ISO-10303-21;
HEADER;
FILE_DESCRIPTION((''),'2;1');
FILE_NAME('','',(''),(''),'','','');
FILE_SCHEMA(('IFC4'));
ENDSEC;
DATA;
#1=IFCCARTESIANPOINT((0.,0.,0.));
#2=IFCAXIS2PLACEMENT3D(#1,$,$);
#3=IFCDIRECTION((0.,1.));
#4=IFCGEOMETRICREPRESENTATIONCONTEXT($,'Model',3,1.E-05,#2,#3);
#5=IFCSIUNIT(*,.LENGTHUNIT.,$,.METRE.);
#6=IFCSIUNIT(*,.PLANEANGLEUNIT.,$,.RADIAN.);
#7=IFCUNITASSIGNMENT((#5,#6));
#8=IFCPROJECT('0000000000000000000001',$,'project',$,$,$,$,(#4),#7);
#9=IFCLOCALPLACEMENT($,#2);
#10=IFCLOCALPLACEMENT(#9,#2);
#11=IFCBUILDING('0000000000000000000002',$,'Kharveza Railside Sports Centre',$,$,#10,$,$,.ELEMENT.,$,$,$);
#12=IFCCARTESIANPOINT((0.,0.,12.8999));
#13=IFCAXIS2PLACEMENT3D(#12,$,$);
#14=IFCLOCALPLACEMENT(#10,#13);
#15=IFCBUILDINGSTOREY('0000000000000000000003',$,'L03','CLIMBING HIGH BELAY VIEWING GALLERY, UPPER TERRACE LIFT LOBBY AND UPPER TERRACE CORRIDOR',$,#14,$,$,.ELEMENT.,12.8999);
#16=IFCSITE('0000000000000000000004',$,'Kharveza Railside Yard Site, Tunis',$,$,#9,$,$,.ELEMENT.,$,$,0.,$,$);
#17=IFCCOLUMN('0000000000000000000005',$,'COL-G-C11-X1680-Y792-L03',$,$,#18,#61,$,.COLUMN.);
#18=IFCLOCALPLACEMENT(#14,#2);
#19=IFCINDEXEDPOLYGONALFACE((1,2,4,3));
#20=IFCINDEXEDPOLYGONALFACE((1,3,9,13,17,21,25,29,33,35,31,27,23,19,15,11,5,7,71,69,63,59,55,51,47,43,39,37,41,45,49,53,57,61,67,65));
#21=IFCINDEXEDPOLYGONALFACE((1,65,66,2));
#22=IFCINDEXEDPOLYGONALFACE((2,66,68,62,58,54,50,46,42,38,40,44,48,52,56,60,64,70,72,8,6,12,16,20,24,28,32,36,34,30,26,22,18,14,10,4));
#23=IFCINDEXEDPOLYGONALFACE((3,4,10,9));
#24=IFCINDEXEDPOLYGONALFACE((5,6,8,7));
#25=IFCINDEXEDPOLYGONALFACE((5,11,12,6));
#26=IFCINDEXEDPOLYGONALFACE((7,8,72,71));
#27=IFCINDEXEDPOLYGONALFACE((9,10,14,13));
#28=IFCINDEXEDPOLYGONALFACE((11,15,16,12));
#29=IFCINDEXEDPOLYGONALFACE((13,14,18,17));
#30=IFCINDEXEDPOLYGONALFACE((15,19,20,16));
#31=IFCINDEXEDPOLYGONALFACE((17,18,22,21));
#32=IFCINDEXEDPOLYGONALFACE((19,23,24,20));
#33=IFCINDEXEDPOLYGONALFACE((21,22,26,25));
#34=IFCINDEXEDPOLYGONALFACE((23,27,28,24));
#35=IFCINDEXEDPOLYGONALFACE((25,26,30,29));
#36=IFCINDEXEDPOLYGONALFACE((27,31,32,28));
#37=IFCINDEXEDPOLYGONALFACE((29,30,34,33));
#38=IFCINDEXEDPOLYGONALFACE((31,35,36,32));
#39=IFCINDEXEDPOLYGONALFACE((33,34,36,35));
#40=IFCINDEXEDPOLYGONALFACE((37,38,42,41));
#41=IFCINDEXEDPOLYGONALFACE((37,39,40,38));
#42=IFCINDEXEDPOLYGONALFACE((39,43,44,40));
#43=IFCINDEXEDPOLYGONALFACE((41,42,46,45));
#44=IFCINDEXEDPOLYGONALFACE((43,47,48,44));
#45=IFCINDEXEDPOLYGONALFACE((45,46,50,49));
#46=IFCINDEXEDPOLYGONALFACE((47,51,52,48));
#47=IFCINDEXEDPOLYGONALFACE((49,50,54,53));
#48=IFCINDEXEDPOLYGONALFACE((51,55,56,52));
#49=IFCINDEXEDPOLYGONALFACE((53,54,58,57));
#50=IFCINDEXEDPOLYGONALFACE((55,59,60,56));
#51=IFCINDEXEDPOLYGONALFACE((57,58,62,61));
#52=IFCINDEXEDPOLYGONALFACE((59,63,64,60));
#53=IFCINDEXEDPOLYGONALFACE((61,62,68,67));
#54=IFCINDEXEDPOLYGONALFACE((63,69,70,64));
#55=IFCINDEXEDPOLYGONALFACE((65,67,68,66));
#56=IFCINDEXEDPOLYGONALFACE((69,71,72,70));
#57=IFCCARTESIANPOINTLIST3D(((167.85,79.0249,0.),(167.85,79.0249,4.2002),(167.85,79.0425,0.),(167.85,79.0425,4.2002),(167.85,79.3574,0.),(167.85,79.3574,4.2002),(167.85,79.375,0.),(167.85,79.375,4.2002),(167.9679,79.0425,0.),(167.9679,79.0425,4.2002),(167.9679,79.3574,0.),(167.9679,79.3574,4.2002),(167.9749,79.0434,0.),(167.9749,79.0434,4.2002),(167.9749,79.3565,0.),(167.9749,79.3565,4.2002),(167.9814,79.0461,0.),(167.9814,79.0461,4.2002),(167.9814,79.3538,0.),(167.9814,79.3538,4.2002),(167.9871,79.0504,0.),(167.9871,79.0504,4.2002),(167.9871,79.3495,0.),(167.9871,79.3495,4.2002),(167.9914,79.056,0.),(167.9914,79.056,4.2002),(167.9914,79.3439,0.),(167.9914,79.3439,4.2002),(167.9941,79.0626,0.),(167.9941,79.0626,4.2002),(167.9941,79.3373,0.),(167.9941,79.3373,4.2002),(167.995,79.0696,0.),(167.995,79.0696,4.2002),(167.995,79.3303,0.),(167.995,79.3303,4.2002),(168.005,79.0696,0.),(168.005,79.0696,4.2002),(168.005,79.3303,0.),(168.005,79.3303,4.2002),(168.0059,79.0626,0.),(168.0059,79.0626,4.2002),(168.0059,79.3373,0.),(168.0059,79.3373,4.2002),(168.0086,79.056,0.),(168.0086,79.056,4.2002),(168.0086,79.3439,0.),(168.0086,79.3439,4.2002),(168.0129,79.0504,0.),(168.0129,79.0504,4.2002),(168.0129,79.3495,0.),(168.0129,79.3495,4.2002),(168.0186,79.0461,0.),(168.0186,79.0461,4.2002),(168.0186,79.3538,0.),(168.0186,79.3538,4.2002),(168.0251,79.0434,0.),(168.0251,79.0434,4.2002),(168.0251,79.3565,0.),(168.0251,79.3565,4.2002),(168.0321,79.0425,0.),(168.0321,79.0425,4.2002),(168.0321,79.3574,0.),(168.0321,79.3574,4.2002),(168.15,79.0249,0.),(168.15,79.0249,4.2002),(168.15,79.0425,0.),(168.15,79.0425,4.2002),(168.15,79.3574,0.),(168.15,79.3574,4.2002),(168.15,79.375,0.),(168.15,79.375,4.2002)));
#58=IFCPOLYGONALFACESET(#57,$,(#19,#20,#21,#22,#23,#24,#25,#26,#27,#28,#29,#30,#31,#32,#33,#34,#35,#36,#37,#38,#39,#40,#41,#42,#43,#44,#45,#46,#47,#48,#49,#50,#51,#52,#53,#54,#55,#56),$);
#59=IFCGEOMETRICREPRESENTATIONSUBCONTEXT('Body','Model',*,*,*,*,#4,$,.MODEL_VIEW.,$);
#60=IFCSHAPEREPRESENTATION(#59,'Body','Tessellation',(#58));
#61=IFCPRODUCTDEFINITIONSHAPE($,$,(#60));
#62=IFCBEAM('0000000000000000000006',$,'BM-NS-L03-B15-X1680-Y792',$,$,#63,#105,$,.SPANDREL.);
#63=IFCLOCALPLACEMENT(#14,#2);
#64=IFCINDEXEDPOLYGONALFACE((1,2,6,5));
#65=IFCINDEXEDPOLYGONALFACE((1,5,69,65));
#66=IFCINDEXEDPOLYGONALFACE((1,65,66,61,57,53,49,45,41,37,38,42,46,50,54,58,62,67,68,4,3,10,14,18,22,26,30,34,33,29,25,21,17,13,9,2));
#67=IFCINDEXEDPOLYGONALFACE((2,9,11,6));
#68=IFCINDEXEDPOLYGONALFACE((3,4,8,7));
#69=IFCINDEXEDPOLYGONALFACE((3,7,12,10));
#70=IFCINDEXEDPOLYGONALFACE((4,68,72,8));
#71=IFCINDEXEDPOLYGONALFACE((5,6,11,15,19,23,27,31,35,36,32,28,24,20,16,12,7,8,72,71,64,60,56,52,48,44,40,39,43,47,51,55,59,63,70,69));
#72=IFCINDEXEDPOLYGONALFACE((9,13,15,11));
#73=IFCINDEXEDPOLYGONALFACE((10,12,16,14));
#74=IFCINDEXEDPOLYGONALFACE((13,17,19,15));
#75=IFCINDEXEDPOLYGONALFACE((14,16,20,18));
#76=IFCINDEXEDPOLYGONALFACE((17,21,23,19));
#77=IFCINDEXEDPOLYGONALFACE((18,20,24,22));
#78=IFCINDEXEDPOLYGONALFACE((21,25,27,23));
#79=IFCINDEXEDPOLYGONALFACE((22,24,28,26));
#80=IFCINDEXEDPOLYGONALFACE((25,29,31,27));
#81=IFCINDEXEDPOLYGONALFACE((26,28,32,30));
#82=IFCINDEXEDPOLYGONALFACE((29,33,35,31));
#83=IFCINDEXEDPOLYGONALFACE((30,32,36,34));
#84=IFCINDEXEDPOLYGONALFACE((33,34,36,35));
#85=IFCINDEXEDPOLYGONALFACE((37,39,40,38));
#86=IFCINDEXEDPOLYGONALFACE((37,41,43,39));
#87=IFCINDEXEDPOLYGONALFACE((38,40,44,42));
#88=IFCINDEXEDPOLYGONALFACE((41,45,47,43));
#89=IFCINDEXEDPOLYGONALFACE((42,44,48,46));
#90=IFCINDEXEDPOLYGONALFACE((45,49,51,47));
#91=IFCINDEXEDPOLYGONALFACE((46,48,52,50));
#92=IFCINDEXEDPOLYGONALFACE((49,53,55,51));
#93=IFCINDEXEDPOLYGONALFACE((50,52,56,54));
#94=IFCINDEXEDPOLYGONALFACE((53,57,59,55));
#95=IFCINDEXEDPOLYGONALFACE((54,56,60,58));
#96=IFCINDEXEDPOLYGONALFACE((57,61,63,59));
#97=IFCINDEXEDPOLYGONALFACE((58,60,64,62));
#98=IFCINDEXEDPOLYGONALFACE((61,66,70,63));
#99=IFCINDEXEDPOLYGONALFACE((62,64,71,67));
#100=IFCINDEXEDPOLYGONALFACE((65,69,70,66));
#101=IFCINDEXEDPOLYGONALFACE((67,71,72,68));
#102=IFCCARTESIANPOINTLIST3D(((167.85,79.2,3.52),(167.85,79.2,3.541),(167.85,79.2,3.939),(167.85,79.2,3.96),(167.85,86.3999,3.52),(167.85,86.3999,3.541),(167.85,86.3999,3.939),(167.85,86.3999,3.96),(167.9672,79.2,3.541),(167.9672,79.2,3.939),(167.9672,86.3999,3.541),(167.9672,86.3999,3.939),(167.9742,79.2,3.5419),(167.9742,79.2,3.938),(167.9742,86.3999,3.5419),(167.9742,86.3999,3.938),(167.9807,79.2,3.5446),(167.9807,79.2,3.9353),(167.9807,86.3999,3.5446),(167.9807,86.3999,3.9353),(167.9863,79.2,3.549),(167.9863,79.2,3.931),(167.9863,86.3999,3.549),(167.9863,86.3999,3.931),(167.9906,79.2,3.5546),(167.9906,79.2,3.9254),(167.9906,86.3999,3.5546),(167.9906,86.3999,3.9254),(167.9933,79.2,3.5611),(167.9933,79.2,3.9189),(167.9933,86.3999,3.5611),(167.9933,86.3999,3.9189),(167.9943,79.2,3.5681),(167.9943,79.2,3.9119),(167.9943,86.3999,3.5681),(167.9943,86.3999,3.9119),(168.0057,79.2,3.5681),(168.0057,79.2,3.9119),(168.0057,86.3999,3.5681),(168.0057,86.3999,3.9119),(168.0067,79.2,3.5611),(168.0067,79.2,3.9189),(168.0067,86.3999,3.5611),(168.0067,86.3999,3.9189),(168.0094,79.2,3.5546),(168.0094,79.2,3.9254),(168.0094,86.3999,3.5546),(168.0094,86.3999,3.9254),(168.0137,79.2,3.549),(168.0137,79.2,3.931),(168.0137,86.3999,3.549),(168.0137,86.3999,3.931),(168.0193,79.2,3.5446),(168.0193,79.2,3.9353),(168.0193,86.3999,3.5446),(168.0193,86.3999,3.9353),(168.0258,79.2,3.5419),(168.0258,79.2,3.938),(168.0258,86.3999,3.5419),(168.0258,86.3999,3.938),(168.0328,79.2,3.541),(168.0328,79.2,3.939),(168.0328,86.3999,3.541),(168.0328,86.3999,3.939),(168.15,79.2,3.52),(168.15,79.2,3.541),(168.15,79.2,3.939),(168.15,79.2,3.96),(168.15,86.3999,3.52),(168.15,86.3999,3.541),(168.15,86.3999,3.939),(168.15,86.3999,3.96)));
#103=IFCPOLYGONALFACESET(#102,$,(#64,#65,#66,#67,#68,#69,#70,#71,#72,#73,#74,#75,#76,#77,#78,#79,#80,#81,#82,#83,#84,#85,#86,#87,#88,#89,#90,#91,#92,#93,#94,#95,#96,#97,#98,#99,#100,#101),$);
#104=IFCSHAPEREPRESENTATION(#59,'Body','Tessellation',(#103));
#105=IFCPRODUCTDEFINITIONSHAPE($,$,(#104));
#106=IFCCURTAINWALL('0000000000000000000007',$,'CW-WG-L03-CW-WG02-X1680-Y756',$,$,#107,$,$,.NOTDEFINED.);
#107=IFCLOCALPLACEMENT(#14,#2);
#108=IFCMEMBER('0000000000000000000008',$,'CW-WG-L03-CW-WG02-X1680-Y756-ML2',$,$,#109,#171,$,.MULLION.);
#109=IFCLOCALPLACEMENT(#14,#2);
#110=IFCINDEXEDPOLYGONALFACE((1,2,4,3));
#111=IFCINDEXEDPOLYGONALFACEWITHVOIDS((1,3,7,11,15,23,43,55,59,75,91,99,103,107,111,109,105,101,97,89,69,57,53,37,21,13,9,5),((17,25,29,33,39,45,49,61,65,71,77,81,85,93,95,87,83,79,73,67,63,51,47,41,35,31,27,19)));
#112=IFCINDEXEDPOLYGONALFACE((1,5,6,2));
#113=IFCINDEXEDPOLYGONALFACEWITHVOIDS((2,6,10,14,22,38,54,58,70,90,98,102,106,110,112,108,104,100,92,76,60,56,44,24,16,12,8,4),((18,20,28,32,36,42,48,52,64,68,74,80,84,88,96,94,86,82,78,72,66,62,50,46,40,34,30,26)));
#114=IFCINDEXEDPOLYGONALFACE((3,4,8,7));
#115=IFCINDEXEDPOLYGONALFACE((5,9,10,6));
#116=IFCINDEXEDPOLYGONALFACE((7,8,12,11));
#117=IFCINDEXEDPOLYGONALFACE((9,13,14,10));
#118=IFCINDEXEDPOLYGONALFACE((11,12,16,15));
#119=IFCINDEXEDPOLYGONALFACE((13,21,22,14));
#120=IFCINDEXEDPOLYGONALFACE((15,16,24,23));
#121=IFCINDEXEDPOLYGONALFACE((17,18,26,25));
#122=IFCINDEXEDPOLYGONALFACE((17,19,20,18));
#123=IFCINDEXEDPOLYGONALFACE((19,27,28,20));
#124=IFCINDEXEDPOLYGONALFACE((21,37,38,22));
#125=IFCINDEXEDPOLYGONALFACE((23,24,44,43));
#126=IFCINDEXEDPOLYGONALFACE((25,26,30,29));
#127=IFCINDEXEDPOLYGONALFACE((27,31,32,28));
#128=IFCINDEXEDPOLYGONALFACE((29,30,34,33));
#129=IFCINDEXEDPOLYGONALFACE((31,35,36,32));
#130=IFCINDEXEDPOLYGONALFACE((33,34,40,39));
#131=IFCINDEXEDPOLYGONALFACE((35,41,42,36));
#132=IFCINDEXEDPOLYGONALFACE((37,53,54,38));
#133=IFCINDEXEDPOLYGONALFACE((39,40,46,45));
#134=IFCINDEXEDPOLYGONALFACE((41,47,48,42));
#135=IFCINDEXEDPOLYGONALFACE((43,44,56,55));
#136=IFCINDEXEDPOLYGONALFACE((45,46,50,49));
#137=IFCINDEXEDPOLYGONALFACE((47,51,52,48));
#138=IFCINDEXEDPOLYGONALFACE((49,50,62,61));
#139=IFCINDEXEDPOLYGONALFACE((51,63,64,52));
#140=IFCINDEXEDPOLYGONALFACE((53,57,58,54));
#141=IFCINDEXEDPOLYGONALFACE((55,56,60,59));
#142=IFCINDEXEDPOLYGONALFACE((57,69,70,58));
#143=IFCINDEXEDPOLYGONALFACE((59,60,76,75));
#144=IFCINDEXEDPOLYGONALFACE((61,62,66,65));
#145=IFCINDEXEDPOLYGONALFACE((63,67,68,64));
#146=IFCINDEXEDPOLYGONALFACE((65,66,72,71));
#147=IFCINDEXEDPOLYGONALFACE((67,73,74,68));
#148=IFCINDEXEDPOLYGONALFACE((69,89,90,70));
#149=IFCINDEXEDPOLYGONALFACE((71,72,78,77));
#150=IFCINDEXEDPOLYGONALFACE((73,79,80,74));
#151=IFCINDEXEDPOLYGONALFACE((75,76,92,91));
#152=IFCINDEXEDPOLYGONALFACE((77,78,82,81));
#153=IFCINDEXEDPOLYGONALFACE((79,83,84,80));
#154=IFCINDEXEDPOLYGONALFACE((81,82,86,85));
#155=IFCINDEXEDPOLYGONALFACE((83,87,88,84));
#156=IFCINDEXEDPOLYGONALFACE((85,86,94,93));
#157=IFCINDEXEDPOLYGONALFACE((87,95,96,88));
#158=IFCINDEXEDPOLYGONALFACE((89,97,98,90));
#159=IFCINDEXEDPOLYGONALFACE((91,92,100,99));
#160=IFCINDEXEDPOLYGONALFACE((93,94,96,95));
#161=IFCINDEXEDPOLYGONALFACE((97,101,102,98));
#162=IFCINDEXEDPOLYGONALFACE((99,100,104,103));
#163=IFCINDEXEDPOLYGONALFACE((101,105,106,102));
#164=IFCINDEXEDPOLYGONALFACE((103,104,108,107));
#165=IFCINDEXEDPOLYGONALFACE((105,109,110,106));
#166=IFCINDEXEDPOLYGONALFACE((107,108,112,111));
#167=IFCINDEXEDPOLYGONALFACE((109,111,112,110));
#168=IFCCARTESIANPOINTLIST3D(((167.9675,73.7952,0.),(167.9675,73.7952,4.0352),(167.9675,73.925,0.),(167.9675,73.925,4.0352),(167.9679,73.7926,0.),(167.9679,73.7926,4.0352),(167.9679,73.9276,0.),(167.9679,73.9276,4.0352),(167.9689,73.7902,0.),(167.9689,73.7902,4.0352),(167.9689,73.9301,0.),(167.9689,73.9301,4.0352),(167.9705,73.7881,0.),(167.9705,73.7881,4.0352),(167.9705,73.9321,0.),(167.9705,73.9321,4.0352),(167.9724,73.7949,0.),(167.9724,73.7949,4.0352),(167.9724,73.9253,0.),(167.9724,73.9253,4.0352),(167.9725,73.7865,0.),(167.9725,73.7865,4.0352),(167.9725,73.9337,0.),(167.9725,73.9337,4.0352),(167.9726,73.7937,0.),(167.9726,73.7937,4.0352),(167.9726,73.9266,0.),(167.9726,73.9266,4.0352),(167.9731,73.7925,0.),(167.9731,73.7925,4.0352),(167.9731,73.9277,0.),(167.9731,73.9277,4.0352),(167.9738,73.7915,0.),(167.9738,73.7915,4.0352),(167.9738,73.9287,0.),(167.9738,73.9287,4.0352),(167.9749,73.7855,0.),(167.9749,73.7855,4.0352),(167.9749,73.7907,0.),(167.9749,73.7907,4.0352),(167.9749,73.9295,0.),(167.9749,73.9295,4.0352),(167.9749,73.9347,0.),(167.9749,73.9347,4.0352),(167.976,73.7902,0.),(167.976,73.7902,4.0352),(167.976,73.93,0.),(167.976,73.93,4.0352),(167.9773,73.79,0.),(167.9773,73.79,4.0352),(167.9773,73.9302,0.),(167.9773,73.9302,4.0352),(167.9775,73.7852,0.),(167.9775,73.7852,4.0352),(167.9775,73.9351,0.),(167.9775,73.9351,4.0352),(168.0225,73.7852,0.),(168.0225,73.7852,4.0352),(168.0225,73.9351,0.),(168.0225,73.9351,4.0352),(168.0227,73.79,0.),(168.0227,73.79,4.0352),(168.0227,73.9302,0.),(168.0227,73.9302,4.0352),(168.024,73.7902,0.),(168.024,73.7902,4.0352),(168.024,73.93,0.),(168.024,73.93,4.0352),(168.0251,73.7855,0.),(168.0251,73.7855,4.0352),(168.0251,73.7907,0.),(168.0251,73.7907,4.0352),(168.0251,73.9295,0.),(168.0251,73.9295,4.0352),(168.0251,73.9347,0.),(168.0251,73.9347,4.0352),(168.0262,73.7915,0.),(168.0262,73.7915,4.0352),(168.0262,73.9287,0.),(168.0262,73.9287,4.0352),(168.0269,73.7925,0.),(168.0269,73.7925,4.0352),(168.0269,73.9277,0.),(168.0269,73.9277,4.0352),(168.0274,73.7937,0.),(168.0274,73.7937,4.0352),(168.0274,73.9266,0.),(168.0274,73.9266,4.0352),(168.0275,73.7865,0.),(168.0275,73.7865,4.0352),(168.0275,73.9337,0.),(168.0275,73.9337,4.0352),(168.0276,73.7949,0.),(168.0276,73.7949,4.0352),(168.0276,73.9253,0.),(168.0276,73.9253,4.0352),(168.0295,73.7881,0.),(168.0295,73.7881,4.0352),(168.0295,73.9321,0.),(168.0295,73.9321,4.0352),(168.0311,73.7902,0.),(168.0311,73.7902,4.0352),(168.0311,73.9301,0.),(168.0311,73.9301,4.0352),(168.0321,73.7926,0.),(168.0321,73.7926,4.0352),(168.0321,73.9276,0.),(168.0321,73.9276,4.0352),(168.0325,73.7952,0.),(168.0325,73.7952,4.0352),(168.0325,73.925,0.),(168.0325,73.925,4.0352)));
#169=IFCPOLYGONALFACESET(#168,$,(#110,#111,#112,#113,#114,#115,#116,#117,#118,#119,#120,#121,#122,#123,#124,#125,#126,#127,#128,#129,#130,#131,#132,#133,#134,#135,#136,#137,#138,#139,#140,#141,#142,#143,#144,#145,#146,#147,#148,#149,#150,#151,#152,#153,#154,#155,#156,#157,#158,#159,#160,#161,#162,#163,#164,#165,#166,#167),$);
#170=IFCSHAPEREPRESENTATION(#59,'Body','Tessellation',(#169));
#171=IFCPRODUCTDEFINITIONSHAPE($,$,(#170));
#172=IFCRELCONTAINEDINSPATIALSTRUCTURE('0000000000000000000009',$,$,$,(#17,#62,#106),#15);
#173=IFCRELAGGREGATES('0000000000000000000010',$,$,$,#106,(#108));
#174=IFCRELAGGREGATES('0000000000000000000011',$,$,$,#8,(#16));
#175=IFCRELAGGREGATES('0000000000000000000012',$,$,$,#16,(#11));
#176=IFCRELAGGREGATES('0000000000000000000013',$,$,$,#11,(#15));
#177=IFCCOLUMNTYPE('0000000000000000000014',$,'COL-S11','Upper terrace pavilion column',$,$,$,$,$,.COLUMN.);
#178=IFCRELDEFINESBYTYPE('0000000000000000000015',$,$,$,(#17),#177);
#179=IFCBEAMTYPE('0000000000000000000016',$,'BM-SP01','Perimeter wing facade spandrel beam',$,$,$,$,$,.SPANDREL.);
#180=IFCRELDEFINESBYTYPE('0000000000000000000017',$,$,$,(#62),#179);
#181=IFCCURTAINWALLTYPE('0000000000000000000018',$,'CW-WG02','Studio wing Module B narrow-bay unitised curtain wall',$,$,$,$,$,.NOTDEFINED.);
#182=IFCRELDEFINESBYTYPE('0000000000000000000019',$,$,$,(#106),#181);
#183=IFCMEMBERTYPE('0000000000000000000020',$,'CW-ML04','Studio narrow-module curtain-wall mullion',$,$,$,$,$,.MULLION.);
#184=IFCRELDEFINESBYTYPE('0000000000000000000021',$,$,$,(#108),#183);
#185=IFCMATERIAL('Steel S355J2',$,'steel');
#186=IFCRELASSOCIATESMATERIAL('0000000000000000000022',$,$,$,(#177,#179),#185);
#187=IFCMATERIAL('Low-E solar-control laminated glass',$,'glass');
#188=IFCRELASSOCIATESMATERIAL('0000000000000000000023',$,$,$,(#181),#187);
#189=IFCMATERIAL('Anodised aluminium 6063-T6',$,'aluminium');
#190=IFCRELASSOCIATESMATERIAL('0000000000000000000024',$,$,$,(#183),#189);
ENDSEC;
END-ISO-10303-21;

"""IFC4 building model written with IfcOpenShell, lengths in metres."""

from ifc_helpers import new_model, si_unit, direction, frame, origin, origin_2d, place, context, subcontext, project, spatial, hollow_rectangle, i_section, extrude, material, material_profile, profile_set, type_object, element, aggregate, save


model = new_model("IFC4")

# Units and contexts
model_context = context("Model", 3, precision=1e-05, world=origin(), true_north=direction((0.0, 1.0)))
body_context = subcontext(model_context, "Body", "Model", "MODEL_VIEW")
ifc_project = project(units=[si_unit("LENGTHUNIT", "METRE"), si_unit("PLANEANGLEUNIT", "RADIAN")], contexts=[model_context])

# Site, building, storey
site_placement = place(None, origin())
site = spatial("IfcSite", under=ifc_project, at=site_placement, Name="Kharveza Railside Yard Site, Tunis", CompositionType="ELEMENT", RefElevation=0.0)
building_placement = place(site_placement, origin())
building = spatial("IfcBuilding", under=site, at=building_placement, Name="Kharveza Railside Sports Centre", CompositionType="ELEMENT")
storey_placement = place(building_placement, frame((0.0, 0.0, 12.8999)))
storey = spatial("IfcBuildingStorey", under=building, at=storey_placement, Name="L03", Description="CLIMBING HIGH BELAY VIEWING GALLERY, UPPER TERRACE LIFT LOBBY AND UPPER TERRACE CORRIDOR", CompositionType="ELEMENT", Elevation=12.8999)

# Column
ifc_material_1 = material(Name="Steel S355J2", Category="steel")
ifc_material_profile_1 = material_profile(ifc_material_1, i_section(OverallWidth=0.3, OverallDepth=0.3501, WebThickness=0.01, FlangeThickness=0.0176, FilletRadius=0.0271, at=origin_2d()), Name="HEA 360")
ifc_profile_set_1 = profile_set([ifc_material_profile_1], Name="Steel S355J2")
column_type = type_object("IfcColumnType", Name="COL-S11", Description="Upper terrace pavilion column", PredefinedType="COLUMN", material=ifc_profile_set_1)
column_placement = place(storey_placement, frame((168.0, 79.2, 0.0), z_axis=(0.0, 0.0, 1.0), x_axis=(1.0, 0.0, 0.0)))
element("IfcColumn", 1, at=column_placement, inside=storey, type_object=column_type, Name="COL-G-C11-X1680-Y792-L03", PredefinedType="COLUMN", context=body_context, shape_type="SweptSolid", body=[
    extrude(i_section(OverallWidth=0.3, OverallDepth=0.3501, WebThickness=0.01, FlangeThickness=0.0176, FilletRadius=0.0271, at=origin_2d()), origin(), (0.0, 0.0, 1.0), 4.2002),
])

# Beam
ifc_material_profile_2 = material_profile(ifc_material_1, i_section(OverallWidth=0.3, OverallDepth=0.4399, WebThickness=0.0115, FlangeThickness=0.021, FilletRadius=0.0271, at=origin_2d()), Name="HEA 450")
ifc_profile_set_2 = profile_set([ifc_material_profile_2], Name="Steel S355J2")
beam_type = type_object("IfcBeamType", Name="BM-SP01", Description="Perimeter wing facade spandrel beam", PredefinedType="SPANDREL", material=ifc_profile_set_2)
beam_placement = place(storey_placement, frame((168.0, 79.2, 3.74), z_axis=(0.0, 1.0, 0.0), x_axis=(-1.0, 0.0, 0.0)))
element("IfcBeam", 2, at=beam_placement, inside=storey, type_object=beam_type, Name="BM-NS-L03-B15-X1680-Y792", PredefinedType="SPANDREL", context=body_context, shape_type="SweptSolid", body=[
    extrude(i_section(OverallWidth=0.3, OverallDepth=0.4399, WebThickness=0.0115, FlangeThickness=0.021, FilletRadius=0.0271, at=origin_2d()), origin(), (0.0, 0.0, 1.0), 7.2),
])

# Curtain wall, member
ifc_material_2 = material(Name="Low-E solar-control laminated glass", Category="glass")
curtain_wall_type = type_object("IfcCurtainWallType", Name="CW-WG02", Description="Studio wing Module B narrow-bay unitised curtain wall", PredefinedType="NOTDEFINED", material=ifc_material_2)
curtain_wall_placement = place(storey_placement, origin())
curtain_wall = element("IfcCurtainWall", 3, at=curtain_wall_placement, inside=storey, type_object=curtain_wall_type, Name="CW-WG-L03-CW-WG02-X1680-Y756", PredefinedType="NOTDEFINED")
ifc_material_3 = material(Name="Anodised aluminium 6063-T6", Category="aluminium")
ifc_material_profile_3 = material_profile(ifc_material_3, hollow_rectangle(XDim=0.0649, YDim=0.1499, WallThickness=0.0049, InnerFilletRadius=0.0049, OuterFilletRadius=0.01, at=origin_2d()), Name="RHS 65x150x5.0")
ifc_profile_set_3 = profile_set([ifc_material_profile_3], Name="Anodised aluminium 6063-T6")
member_type_1 = type_object("IfcMemberType", Name="CW-ML04", Description="Studio narrow-module curtain-wall mullion", PredefinedType="MULLION", material=ifc_profile_set_3)
member_1_placement = place(storey_placement, frame((168.0, 73.8601, 0.0), z_axis=(0.0, 0.0, 1.0), x_axis=(1.0, 0.0, 0.0)))
member_1 = element("IfcMember", 4, at=member_1_placement, type_object=member_type_1, Name="CW-WG-L03-CW-WG02-X1680-Y756-ML2", PredefinedType="MULLION", context=body_context, shape_type="SweptSolid", body=[
    extrude(hollow_rectangle(XDim=0.0649, YDim=0.1499, WallThickness=0.0049, InnerFilletRadius=0.0049, OuterFilletRadius=0.01, at=origin_2d()), origin(), (0.0, 0.0, 1.0), 4.0352),
])
aggregate(curtain_wall, [member_1])

save(model, "model.ifc")
